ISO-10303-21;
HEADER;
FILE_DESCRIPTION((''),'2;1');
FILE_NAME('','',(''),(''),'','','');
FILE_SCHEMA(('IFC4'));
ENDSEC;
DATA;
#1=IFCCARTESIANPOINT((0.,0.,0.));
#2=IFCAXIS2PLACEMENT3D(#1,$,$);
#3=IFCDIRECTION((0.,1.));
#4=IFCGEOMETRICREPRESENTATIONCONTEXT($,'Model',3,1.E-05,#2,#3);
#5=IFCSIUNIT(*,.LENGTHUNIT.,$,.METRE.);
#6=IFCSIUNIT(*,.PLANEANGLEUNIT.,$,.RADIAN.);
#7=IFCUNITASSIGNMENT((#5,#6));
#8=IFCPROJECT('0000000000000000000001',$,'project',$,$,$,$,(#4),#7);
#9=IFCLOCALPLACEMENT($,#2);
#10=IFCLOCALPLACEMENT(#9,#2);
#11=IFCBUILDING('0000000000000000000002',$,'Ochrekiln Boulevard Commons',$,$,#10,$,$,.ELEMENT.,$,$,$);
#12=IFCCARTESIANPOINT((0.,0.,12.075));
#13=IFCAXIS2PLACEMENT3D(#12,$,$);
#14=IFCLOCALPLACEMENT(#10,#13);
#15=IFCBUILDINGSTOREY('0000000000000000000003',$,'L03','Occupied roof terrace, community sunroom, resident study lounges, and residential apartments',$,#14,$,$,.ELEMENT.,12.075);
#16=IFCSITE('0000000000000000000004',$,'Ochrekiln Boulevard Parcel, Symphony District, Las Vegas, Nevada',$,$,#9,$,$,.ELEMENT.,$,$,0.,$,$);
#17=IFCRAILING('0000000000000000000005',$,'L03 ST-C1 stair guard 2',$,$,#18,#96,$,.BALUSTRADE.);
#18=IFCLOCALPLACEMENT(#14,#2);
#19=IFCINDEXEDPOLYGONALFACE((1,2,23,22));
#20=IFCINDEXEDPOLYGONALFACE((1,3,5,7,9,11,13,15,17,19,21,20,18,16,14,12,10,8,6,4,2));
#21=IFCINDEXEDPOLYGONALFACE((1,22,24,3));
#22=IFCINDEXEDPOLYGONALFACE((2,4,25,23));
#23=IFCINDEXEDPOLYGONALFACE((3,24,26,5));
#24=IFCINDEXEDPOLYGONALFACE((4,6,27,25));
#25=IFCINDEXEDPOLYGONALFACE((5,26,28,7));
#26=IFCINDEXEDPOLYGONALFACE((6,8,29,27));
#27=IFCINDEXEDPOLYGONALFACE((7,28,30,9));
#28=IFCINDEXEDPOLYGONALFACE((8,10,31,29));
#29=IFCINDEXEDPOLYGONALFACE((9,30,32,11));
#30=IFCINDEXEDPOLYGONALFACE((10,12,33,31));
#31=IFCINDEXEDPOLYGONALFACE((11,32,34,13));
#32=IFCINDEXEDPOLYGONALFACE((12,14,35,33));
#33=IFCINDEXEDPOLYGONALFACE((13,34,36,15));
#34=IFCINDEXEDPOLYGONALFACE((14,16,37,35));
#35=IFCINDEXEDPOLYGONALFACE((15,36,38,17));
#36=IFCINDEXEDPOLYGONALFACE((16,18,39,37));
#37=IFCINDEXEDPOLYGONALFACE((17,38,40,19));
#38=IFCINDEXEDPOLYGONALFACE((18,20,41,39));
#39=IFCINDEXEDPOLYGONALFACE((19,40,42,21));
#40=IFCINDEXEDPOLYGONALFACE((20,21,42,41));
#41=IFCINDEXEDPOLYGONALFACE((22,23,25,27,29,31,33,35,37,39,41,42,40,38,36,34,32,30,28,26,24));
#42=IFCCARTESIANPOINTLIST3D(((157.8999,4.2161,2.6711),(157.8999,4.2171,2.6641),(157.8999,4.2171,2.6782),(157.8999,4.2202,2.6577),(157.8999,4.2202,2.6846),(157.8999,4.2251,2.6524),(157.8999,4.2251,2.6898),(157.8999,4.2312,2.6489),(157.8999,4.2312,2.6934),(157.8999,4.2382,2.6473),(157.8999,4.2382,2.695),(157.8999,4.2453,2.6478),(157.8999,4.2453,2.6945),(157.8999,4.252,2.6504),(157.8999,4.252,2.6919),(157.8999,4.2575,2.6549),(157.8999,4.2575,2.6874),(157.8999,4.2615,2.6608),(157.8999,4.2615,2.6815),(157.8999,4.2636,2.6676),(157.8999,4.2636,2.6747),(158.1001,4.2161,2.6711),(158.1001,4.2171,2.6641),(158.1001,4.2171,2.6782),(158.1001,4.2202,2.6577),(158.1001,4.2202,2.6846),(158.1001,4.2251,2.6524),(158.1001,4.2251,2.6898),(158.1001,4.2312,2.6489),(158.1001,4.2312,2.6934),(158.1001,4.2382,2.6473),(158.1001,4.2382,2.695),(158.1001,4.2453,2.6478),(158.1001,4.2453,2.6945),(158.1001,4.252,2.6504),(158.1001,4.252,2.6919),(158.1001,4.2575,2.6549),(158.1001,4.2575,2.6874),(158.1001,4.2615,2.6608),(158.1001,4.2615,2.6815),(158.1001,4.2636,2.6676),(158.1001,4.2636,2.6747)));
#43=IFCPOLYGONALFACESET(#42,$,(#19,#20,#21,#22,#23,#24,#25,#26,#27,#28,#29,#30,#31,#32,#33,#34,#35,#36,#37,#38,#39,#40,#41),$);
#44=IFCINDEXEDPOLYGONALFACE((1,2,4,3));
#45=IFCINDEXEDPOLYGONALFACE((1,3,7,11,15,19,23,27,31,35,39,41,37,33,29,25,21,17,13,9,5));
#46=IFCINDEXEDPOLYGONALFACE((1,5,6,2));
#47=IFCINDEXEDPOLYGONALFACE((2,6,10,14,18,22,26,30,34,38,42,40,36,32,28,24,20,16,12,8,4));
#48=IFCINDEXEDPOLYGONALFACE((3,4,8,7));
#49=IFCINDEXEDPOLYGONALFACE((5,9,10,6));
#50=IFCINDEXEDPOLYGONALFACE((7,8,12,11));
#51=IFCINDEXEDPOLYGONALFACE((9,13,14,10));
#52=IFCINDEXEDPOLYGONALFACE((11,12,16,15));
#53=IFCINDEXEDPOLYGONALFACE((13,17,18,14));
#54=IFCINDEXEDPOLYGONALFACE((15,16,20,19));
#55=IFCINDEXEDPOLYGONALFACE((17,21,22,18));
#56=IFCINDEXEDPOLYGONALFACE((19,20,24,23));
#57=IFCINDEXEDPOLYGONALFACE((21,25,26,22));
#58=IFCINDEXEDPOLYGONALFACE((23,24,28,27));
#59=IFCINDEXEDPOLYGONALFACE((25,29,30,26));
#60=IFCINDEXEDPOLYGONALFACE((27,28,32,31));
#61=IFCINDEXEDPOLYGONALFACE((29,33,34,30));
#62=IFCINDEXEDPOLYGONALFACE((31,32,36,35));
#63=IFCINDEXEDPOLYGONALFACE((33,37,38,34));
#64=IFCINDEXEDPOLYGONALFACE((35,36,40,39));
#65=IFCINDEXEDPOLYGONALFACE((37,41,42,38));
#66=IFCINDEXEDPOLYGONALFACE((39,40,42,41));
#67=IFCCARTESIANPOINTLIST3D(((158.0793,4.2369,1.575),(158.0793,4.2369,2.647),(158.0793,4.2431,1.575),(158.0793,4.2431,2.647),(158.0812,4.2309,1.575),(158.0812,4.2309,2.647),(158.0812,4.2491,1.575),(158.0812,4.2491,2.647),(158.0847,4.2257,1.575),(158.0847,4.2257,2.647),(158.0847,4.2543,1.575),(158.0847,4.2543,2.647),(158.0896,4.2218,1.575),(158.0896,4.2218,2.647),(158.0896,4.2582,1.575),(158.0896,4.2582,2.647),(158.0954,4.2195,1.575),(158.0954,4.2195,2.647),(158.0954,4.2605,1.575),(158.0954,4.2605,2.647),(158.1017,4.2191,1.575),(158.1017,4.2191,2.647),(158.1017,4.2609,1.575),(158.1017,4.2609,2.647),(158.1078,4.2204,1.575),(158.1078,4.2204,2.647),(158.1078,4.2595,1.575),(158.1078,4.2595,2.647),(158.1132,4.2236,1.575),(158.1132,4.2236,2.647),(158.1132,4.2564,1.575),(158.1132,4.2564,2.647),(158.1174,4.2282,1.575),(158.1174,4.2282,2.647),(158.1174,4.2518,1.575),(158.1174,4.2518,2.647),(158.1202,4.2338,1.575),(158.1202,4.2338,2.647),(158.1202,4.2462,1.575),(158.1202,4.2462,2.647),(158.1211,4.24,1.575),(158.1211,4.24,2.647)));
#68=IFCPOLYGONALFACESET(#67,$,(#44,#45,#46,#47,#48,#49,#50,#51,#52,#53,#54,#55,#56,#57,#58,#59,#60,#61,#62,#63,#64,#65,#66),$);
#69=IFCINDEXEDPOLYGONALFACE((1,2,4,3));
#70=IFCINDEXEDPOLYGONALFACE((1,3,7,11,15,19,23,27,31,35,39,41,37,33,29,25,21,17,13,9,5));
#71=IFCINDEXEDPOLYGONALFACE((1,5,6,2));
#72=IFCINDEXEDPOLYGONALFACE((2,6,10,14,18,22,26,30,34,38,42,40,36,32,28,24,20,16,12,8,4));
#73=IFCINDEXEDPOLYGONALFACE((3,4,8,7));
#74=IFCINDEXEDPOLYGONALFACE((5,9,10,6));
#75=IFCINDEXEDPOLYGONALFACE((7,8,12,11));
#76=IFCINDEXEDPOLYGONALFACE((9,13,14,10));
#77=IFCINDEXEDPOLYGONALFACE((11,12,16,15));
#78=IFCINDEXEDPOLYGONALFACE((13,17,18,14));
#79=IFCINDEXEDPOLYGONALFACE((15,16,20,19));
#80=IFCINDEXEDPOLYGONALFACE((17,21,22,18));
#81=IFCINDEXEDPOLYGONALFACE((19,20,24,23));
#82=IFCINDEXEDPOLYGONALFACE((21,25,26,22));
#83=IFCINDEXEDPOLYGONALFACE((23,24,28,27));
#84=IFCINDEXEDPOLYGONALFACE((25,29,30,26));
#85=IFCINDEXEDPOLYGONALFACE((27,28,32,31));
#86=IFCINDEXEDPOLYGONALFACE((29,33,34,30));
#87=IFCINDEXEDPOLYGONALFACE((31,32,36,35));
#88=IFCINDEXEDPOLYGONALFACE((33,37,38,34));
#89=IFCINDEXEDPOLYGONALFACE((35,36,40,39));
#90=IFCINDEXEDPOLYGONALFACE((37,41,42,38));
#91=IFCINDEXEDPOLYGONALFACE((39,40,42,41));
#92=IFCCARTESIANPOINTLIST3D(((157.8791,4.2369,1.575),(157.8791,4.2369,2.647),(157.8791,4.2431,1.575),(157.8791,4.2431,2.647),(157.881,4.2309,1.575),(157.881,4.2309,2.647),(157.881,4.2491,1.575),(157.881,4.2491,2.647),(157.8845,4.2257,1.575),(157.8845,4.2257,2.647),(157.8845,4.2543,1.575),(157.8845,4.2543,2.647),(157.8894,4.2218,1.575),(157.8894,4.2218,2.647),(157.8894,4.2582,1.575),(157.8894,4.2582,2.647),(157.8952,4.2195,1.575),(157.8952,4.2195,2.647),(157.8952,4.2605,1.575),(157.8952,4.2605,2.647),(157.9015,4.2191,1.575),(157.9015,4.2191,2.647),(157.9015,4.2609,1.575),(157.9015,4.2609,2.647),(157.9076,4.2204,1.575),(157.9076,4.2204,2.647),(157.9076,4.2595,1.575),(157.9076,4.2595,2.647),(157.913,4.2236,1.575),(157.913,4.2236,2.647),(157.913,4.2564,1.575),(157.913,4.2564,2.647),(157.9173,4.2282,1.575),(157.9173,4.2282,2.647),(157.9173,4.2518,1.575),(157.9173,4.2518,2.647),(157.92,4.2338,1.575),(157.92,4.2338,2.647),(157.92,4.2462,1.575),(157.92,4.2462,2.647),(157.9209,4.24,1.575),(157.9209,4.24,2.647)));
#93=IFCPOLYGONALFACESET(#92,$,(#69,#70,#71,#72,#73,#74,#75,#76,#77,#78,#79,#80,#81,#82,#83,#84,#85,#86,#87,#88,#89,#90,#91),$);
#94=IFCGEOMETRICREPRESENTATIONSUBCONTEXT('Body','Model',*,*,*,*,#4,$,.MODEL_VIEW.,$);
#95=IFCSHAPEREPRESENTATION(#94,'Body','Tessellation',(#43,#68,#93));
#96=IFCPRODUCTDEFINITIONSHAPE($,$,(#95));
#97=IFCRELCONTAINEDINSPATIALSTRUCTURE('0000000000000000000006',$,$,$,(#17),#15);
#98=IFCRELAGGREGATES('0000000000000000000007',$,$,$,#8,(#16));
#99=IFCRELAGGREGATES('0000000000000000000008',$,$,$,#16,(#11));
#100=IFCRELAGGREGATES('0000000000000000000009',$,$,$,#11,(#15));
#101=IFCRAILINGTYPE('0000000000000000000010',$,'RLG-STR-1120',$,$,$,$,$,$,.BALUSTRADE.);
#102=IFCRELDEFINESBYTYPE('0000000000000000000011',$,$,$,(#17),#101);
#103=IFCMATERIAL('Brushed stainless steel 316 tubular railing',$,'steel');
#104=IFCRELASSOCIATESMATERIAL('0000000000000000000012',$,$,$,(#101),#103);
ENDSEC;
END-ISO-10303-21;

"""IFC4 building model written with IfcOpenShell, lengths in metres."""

from ifc_helpers import new_model, si_unit, direction, frame, origin, origin_2d, place, context, subcontext, project, spatial, circle, extrude, material, type_object, element, save


model = new_model("IFC4")

# Units and contexts
model_context = context("Model", 3, precision=1e-05, world=origin(), true_north=direction((0.0, 1.0)))
body_context = subcontext(model_context, "Body", "Model", "MODEL_VIEW")
ifc_project = project(units=[si_unit("LENGTHUNIT", "METRE"), si_unit("PLANEANGLEUNIT", "RADIAN")], contexts=[model_context])

# Site, building, storey
site_placement = place(None, origin())
site = spatial("IfcSite", under=ifc_project, at=site_placement, Name="Ochrekiln Boulevard Parcel, Symphony District, Las Vegas, Nevada", CompositionType="ELEMENT", RefElevation=0.0)
building_placement = place(site_placement, origin())
building = spatial("IfcBuilding", under=site, at=building_placement, Name="Ochrekiln Boulevard Commons", CompositionType="ELEMENT")
storey_placement = place(building_placement, frame((0.0, 0.0, 12.075)))
storey = spatial("IfcBuildingStorey", under=building, at=storey_placement, Name="L03", Description="Occupied roof terrace, community sunroom, resident study lounges, and residential apartments", CompositionType="ELEMENT", Elevation=12.075)

# Railing
ifc_material_1 = material(Name="Brushed stainless steel 316 tubular railing", Category="steel")
railing_type_1 = type_object("IfcRailingType", Name="RLG-STR-1120", PredefinedType="BALUSTRADE", material=ifc_material_1)
railing_1_placement = place(storey_placement, frame((158.1001, 4.24, 1.575)))
element("IfcRailing", 1, at=railing_1_placement, inside=storey, type_object=railing_type_1, Name="L03 ST-C1 stair guard 2", PredefinedType="BALUSTRADE", context=body_context, shape_type="SweptSolid", body=[
    extrude(circle(Radius=0.0239, at=origin_2d()), frame((0.0, 0.0, 1.0962), z_axis=(-1.0, 0.0, 0.0), x_axis=(0.0, -1.0, 0.0)), (0.0, 0.0, 1.0), 0.2002),
    extrude(circle(Radius=0.021, at=origin_2d()), origin(), (0.0, 0.0, 1.0), 1.072),
    extrude(circle(Radius=0.021, at=origin_2d()), frame((-0.2002, 0.0, 0.0)), (0.0, 0.0, 1.0), 1.072),
])

save(model, "model.ifc")
